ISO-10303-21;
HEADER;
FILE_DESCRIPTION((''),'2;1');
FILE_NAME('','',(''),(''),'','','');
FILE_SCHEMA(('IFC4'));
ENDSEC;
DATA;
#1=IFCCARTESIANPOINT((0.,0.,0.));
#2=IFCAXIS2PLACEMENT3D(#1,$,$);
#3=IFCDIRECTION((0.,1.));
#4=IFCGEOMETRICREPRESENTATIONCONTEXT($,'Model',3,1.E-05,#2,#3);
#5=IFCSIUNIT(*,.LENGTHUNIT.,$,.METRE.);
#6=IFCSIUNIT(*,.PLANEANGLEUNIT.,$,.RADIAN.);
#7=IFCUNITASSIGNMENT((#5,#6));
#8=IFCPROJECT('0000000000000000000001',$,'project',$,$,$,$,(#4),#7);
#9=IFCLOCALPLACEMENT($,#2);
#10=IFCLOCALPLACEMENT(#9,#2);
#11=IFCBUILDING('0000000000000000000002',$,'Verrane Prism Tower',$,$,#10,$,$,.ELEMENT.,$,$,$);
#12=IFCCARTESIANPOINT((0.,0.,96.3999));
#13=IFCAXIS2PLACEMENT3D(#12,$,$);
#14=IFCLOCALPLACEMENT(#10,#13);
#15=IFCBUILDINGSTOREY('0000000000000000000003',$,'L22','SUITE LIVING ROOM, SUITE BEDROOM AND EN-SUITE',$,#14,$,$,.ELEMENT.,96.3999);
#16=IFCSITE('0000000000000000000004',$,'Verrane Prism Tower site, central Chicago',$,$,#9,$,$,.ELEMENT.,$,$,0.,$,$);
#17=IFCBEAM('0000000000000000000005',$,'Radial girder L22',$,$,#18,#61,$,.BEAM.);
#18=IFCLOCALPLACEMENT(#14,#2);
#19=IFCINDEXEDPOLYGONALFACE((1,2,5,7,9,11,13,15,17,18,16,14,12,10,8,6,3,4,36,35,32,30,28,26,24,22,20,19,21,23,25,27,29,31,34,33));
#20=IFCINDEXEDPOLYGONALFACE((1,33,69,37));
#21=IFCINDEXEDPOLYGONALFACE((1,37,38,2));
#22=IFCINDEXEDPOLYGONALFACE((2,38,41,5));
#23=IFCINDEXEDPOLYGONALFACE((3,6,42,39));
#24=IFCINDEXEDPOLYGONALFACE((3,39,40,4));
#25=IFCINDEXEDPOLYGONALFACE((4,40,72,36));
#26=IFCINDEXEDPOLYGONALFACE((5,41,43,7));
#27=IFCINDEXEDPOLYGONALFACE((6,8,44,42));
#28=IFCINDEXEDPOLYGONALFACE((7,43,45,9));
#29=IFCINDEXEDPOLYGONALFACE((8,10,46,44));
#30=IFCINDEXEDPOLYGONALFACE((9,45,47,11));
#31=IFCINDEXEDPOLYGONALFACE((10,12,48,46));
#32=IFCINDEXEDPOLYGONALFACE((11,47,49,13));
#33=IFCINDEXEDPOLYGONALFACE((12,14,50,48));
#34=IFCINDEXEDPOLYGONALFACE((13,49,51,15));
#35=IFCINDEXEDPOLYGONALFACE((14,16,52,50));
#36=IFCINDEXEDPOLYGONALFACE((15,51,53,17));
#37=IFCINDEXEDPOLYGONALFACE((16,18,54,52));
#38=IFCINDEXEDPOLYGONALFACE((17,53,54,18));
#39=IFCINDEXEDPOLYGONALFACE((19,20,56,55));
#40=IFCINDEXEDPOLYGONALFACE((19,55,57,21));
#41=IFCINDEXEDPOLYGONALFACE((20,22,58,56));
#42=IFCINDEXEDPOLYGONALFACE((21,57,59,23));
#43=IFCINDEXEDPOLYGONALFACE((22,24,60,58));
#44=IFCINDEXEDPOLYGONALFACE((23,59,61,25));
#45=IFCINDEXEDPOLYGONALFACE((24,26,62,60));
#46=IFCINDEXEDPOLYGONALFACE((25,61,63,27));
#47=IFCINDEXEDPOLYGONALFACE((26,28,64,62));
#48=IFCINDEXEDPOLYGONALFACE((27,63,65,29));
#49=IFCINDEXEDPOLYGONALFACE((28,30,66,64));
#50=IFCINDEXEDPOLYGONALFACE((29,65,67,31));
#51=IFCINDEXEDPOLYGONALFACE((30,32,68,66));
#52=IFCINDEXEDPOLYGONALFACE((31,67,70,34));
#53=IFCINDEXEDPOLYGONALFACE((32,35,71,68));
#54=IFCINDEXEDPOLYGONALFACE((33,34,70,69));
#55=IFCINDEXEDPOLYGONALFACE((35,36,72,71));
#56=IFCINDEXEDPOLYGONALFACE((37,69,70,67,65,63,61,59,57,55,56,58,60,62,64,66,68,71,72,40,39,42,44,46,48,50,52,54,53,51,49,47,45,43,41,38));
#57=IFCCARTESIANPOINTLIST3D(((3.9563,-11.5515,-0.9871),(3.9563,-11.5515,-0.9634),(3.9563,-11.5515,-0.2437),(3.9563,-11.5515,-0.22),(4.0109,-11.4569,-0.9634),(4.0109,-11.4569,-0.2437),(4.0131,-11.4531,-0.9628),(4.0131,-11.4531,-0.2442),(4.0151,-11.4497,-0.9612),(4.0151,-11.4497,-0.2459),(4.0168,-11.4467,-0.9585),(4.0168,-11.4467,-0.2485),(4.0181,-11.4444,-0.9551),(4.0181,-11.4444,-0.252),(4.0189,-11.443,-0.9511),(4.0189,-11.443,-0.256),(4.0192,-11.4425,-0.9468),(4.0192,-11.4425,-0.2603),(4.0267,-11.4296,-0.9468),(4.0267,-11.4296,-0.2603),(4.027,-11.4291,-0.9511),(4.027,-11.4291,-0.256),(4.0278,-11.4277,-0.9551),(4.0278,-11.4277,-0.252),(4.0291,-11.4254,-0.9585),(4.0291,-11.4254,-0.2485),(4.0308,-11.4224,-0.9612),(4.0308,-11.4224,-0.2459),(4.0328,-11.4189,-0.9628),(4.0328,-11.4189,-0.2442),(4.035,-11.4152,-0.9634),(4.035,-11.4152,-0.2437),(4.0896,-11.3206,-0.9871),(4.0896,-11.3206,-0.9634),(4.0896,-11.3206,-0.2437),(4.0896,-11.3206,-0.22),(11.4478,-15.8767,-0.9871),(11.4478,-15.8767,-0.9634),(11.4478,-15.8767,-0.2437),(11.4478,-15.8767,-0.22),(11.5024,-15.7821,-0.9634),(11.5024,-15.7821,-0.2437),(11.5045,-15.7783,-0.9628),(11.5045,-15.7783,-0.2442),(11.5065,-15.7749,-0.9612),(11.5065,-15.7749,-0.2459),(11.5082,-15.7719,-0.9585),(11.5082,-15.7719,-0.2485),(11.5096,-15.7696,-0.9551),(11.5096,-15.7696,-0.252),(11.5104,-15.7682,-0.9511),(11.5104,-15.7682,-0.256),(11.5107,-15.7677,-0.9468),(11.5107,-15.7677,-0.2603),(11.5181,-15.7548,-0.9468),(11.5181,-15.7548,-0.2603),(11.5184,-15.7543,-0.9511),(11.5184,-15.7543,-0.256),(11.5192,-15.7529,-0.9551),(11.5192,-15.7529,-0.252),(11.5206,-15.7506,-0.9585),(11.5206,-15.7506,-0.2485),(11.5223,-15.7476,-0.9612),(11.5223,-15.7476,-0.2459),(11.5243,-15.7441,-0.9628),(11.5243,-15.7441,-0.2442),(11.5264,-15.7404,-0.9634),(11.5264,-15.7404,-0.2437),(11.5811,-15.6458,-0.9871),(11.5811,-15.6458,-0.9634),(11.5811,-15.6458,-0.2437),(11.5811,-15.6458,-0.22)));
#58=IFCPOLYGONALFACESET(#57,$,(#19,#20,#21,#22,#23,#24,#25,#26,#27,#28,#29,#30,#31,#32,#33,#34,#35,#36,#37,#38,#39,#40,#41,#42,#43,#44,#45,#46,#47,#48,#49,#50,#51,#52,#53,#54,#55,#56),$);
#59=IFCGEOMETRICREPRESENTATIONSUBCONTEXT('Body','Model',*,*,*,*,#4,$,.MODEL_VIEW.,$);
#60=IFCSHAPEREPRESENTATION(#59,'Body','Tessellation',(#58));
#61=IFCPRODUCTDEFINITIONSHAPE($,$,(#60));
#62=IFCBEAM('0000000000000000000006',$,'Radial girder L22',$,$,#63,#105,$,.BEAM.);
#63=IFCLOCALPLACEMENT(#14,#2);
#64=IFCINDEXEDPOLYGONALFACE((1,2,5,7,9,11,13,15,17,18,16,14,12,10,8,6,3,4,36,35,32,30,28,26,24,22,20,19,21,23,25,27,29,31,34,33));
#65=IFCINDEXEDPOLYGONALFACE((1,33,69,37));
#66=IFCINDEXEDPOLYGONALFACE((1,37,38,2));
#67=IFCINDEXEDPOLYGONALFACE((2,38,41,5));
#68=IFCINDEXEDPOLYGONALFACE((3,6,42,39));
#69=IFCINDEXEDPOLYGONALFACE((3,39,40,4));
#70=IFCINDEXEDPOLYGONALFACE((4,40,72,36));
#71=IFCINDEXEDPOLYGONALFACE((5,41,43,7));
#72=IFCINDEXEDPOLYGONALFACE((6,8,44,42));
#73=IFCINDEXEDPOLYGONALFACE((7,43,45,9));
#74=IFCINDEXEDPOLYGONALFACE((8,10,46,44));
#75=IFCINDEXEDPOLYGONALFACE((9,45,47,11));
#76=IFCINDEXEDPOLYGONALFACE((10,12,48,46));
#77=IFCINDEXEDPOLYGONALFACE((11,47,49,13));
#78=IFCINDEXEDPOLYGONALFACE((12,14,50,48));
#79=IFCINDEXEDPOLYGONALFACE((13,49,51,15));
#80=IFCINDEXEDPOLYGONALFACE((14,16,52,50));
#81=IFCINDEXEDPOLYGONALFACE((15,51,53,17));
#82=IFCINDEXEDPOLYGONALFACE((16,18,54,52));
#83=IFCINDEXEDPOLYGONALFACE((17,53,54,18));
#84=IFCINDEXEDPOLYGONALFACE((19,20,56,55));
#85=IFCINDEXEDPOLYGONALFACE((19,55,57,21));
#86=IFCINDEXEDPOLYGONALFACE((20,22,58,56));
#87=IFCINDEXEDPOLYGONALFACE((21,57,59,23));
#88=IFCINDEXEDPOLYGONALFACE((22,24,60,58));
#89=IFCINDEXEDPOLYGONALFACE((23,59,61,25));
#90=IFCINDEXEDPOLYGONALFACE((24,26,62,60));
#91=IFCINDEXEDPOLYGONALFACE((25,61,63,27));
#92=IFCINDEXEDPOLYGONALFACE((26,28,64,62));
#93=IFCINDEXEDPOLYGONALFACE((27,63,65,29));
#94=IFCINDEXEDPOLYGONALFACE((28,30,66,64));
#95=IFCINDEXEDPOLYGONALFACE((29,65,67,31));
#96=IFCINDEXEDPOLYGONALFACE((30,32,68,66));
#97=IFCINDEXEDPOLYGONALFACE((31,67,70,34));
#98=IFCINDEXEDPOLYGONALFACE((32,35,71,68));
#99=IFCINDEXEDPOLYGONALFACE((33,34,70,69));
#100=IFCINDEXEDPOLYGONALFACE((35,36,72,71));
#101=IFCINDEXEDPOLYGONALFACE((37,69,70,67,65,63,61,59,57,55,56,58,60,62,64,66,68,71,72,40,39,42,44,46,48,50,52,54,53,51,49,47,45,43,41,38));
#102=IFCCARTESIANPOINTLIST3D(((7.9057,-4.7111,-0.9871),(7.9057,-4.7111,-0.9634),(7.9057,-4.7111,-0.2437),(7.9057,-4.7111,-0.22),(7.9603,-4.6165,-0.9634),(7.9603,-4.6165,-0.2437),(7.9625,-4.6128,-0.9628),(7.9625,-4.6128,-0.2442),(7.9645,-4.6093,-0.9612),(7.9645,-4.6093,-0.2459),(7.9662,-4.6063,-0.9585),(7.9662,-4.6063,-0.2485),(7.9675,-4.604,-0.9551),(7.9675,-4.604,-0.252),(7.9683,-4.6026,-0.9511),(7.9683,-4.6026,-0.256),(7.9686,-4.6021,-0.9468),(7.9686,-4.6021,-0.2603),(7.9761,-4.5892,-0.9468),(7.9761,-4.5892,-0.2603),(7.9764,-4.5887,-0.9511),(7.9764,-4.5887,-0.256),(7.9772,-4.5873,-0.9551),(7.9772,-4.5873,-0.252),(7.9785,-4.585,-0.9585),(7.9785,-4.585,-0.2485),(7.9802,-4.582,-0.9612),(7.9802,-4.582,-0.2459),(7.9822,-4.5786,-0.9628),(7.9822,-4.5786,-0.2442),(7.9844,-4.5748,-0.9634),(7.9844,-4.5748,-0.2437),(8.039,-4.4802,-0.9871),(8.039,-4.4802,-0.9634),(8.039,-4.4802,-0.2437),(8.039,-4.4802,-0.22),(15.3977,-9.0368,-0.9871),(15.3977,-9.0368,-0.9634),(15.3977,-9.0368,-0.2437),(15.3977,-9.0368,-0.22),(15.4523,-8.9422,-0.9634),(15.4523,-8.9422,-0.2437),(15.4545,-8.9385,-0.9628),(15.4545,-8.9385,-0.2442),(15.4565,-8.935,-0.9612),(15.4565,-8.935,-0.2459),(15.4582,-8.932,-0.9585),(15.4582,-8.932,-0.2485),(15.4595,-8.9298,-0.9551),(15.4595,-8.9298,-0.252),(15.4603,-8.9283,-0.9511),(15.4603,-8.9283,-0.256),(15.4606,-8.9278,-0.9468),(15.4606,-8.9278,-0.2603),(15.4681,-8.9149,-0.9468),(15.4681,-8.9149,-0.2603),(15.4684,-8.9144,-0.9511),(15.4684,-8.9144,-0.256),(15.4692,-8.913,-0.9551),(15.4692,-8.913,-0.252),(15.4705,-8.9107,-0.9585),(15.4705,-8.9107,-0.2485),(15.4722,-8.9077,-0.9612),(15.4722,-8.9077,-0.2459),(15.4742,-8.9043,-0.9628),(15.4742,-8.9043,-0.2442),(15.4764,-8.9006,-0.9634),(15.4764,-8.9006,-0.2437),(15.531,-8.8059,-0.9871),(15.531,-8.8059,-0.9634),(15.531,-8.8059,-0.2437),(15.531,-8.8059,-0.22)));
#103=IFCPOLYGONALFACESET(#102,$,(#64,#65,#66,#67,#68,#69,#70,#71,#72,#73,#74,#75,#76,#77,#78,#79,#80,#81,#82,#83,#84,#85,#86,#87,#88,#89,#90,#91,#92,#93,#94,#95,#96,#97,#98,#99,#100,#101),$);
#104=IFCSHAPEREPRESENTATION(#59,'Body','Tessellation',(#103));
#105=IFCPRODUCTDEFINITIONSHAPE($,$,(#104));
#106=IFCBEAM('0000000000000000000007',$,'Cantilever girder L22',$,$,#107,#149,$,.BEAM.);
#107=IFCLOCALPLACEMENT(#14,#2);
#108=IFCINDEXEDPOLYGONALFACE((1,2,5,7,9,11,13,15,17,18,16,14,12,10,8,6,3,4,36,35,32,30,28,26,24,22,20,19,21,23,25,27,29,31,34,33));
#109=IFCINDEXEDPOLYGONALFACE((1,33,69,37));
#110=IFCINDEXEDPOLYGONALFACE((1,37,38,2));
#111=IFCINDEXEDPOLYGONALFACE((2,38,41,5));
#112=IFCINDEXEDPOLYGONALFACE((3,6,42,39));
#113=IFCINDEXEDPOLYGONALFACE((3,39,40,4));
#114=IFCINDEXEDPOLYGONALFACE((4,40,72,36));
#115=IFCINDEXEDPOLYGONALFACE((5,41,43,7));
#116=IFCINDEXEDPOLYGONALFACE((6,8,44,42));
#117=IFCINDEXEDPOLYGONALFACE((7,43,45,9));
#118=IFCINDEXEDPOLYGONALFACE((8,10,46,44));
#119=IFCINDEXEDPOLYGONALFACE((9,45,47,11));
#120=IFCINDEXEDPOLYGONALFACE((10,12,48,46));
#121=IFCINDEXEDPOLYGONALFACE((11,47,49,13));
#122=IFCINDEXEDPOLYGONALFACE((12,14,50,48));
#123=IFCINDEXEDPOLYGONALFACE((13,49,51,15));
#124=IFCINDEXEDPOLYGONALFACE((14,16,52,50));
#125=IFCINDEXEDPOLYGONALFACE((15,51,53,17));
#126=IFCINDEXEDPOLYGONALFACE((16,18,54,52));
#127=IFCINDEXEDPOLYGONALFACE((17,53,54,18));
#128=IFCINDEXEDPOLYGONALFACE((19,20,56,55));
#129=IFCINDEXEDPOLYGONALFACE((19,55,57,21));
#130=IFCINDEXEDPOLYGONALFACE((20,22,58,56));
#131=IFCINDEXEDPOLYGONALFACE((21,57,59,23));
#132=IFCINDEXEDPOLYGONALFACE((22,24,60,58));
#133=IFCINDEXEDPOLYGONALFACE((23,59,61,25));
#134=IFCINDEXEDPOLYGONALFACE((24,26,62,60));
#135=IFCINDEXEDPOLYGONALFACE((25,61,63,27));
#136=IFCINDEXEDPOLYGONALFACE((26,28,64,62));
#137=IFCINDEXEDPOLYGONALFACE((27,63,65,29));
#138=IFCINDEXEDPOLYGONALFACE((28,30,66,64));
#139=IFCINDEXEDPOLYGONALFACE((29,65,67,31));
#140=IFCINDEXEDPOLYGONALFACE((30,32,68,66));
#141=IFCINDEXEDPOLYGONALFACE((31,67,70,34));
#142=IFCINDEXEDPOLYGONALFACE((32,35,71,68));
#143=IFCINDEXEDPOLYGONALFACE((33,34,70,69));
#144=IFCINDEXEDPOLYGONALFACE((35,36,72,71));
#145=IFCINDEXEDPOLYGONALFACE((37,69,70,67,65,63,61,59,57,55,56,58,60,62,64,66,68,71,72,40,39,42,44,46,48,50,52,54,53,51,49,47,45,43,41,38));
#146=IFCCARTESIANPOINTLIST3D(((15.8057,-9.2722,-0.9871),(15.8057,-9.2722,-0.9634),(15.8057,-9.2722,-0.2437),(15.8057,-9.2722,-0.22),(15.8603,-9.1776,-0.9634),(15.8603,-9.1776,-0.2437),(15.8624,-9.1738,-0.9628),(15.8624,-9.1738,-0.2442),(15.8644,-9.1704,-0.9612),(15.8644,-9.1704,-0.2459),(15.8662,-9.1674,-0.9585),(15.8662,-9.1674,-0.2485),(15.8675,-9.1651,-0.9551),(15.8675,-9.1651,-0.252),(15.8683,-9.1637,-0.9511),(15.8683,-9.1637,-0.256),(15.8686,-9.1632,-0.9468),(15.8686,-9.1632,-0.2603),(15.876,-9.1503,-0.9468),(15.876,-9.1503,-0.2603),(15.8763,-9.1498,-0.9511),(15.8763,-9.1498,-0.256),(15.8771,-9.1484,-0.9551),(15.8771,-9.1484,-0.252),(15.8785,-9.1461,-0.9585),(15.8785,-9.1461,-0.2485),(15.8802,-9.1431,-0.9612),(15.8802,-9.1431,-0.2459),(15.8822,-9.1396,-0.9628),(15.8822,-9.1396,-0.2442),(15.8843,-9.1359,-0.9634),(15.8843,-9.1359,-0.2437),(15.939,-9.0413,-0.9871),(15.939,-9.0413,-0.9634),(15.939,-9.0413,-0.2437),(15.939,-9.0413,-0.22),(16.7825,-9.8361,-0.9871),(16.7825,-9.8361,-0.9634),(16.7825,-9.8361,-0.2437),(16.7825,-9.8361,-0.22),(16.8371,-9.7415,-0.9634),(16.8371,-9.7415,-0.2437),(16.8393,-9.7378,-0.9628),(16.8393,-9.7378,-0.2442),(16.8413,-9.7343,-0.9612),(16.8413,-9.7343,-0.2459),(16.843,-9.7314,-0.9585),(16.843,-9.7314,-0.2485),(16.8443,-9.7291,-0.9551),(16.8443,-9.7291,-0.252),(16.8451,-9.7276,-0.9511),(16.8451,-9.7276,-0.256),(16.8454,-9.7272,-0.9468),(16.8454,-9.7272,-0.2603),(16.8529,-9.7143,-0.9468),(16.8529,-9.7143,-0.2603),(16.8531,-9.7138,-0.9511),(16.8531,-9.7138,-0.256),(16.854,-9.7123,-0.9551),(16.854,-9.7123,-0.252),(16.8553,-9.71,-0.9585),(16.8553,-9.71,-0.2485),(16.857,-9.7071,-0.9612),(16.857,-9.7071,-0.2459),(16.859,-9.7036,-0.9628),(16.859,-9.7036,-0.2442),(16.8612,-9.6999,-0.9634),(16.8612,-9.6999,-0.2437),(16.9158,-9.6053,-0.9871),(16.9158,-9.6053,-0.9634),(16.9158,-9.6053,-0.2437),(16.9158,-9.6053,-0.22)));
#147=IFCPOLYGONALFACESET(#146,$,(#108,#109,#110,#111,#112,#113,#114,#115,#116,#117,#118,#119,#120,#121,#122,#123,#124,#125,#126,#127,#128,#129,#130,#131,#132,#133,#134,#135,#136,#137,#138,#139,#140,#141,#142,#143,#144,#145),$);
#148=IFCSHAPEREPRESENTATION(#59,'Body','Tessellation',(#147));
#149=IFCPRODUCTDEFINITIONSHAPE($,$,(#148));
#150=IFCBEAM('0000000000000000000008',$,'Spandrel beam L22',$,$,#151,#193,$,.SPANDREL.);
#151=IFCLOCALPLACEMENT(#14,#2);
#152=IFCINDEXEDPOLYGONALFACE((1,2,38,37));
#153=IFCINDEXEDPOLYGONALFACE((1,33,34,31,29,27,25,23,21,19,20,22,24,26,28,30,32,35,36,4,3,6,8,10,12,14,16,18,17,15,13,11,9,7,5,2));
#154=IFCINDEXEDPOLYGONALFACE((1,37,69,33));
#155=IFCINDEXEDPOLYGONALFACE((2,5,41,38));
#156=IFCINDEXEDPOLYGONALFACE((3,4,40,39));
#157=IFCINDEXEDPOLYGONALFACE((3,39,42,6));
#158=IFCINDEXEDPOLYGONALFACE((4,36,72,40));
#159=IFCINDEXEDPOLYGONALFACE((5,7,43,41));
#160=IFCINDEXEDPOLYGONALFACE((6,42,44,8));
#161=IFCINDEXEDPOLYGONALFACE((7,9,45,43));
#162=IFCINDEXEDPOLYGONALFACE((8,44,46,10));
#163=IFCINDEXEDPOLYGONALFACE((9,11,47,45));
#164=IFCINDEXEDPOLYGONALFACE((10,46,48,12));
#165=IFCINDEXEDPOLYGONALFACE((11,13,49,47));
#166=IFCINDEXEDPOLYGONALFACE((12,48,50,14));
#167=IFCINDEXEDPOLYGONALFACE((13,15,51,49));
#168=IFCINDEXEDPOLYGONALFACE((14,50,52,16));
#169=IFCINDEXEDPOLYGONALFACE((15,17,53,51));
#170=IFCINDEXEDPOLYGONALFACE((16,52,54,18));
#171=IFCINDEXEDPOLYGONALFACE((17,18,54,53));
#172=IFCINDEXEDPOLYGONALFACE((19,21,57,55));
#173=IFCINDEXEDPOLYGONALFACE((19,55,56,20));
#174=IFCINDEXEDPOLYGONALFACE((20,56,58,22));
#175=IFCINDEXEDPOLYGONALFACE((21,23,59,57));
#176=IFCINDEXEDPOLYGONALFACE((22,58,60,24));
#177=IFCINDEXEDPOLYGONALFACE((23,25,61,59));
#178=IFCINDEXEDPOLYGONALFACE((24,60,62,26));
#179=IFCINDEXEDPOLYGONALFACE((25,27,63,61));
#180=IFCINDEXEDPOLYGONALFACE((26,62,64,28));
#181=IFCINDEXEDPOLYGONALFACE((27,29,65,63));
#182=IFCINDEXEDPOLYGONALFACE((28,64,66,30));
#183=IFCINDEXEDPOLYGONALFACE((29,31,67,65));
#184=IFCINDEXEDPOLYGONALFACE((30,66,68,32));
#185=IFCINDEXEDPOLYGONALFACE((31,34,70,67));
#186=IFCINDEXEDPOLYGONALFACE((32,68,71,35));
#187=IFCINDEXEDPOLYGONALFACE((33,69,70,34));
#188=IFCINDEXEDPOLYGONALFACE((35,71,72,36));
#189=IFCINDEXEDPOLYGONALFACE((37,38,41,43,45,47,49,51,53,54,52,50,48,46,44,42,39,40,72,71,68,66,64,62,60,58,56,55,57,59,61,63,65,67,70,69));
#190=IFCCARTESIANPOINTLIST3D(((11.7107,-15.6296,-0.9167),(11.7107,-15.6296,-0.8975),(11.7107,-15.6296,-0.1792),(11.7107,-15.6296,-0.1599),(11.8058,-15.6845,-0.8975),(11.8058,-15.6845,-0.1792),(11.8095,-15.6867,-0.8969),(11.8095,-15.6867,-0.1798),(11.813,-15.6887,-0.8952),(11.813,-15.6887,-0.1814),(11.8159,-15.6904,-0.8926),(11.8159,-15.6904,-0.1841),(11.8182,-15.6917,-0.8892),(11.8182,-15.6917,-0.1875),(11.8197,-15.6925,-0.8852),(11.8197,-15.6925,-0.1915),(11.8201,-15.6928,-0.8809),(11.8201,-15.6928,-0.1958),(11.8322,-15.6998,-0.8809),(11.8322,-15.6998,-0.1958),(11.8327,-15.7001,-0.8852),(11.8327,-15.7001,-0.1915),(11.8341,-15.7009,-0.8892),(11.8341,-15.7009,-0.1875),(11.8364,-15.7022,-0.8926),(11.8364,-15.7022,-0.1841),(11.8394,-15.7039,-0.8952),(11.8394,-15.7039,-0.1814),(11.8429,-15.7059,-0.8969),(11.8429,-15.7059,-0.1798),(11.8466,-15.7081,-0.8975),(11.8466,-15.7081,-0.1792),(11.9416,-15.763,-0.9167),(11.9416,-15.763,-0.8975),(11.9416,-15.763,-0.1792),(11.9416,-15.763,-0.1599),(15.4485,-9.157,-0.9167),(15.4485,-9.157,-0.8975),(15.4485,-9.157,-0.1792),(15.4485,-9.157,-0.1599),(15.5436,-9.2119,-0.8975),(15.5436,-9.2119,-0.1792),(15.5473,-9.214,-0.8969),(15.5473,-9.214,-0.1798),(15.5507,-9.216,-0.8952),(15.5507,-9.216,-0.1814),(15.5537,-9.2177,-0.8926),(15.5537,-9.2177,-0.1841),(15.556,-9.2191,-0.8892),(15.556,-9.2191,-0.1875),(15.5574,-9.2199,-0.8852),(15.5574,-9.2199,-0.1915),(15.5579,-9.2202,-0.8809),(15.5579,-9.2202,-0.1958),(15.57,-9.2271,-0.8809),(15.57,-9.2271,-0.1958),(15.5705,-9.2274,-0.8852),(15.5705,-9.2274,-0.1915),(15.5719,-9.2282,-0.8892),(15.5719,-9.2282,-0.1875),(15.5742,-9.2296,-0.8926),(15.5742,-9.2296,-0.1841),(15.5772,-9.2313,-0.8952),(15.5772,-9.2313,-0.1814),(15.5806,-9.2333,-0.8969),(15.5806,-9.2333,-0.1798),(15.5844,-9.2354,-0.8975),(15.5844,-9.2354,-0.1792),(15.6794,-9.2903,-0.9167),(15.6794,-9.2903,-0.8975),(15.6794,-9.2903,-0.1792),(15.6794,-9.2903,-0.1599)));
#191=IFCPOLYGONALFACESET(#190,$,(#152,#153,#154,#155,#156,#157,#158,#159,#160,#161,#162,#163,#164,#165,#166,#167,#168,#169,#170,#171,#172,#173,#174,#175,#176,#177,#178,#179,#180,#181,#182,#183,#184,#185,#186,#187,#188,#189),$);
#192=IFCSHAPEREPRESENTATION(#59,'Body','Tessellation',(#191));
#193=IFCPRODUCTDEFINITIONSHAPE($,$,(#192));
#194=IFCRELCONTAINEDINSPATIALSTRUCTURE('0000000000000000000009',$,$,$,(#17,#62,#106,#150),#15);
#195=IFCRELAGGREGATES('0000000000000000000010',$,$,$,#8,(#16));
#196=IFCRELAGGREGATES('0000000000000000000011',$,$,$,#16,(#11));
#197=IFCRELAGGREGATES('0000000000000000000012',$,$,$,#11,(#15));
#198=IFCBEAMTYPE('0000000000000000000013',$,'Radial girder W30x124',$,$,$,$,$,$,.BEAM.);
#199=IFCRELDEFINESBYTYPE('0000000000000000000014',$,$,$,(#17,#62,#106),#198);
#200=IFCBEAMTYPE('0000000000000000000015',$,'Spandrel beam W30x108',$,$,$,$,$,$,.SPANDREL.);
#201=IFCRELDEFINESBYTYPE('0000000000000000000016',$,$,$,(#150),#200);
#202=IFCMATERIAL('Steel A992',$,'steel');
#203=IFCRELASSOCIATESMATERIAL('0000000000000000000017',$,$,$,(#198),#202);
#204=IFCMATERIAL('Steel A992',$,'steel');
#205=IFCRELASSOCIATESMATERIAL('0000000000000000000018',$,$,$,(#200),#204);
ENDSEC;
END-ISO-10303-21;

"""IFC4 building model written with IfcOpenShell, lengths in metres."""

from ifc_helpers import new_model, si_unit, direction, frame, origin, origin_2d, place, context, subcontext, project, spatial, i_section, extrude, material, material_profile, profile_set, type_object, element, save


model = new_model("IFC4")

# Units and contexts
model_context = context("Model", 3, precision=1e-05, world=origin(), true_north=direction((0.0, 1.0)))
body_context = subcontext(model_context, "Body", "Model", "MODEL_VIEW")
ifc_project = project(units=[si_unit("LENGTHUNIT", "METRE"), si_unit("PLANEANGLEUNIT", "RADIAN")], contexts=[model_context])

# Site, building, storey
site_placement = place(None, origin())
site = spatial("IfcSite", under=ifc_project, at=site_placement, Name="Verrane Prism Tower site, central Chicago", CompositionType="ELEMENT", RefElevation=0.0)
building_placement = place(site_placement, origin())
building = spatial("IfcBuilding", under=site, at=building_placement, Name="Verrane Prism Tower", CompositionType="ELEMENT")
storey_placement = place(building_placement, frame((0.0, 0.0, 96.3999)))
storey = spatial("IfcBuildingStorey", under=building, at=storey_placement, Name="L22", Description="SUITE LIVING ROOM, SUITE BEDROOM AND EN-SUITE", CompositionType="ELEMENT", Elevation=96.3999)

# Beams
ifc_material_1 = material(Name="Steel A992", Category="steel")
ifc_material_profile_1 = material_profile(ifc_material_1, i_section(OverallWidth=0.2666, OverallDepth=0.7671, WebThickness=0.0149, FlangeThickness=0.0237, FilletRadius=0.0166, at=origin_2d()), Name="W30x124")
ifc_profile_set_1 = profile_set([ifc_material_profile_1], Name="Steel A992")
beam_type_1 = type_object("IfcBeamType", Name="Radial girder W30x124", PredefinedType="BEAM", material=ifc_profile_set_1)
beam_1_placement = place(storey_placement, frame((11.5144, -15.7612, -0.6035), z_axis=(-0.866025, 0.5, 0.0), x_axis=(-0.5, -0.866025, 0.0)))
element("IfcBeam", 1, at=beam_1_placement, inside=storey, type_object=beam_type_1, Name="Radial girder L22", PredefinedType="BEAM", context=body_context, shape_type="SweptSolid", body=[
    extrude(i_section(OverallWidth=0.2666, OverallDepth=0.7671, WebThickness=0.0149, FlangeThickness=0.0237, FilletRadius=0.0166, at=origin_2d()), origin(), (0.0, 0.0, 1.0), 8.6504),
])
beam_2_placement = place(storey_placement, frame((15.4644, -8.9214, -0.6035), z_axis=(-0.866015, 0.500018, 0.0), x_axis=(-0.500018, -0.866015, 0.0)))
element("IfcBeam", 2, at=beam_2_placement, inside=storey, type_object=beam_type_1, Name="Radial girder L22", PredefinedType="BEAM", context=body_context, shape_type="SweptSolid", body=[
    extrude(i_section(OverallWidth=0.2666, OverallDepth=0.7671, WebThickness=0.0149, FlangeThickness=0.0237, FilletRadius=0.0166, at=origin_2d()), origin(), (0.0, 0.0, 1.0), 8.6511),
])
beam_3_placement = place(storey_placement, frame((15.8723, -9.1567, -0.6035), z_axis=(0.866023, -0.500004, 0.0), x_axis=(0.500004, 0.866023, 0.0)))
element("IfcBeam", 3, at=beam_3_placement, inside=storey, type_object=beam_type_1, Name="Cantilever girder L22", PredefinedType="BEAM", context=body_context, shape_type="SweptSolid", body=[
    extrude(i_section(OverallWidth=0.2666, OverallDepth=0.7671, WebThickness=0.0149, FlangeThickness=0.0237, FilletRadius=0.0166, at=origin_2d()), origin(), (0.0, 0.0, 1.0), 1.1279),
])
ifc_material_2 = material(Name="Steel A992", Category="steel")
ifc_material_profile_2 = material_profile(ifc_material_2, i_section(OverallWidth=0.2666, OverallDepth=0.7568, WebThickness=0.0139, FlangeThickness=0.0193, FilletRadius=0.0166, at=origin_2d()), Name="W30x108")
ifc_profile_set_2 = profile_set([ifc_material_profile_2], Name="Steel A992")
beam_type_2 = type_object("IfcBeamType", Name="Spandrel beam W30x108", PredefinedType="SPANDREL", material=ifc_profile_set_2)
beam_4_placement = place(storey_placement, frame((11.8262, -15.6963, -0.5383), z_axis=(0.500081, 0.865979, 0.0), x_axis=(-0.865979, 0.500081, 0.0)))
element("IfcBeam", 4, at=beam_4_placement, inside=storey, type_object=beam_type_2, Name="Spandrel beam L22", PredefinedType="SPANDREL", context=body_context, shape_type="SweptSolid", body=[
    extrude(i_section(OverallWidth=0.2666, OverallDepth=0.7568, WebThickness=0.0139, FlangeThickness=0.0193, FilletRadius=0.0166, at=origin_2d()), origin(), (0.0, 0.0, 1.0), 7.4744),
])

save(model, "model.ifc")
